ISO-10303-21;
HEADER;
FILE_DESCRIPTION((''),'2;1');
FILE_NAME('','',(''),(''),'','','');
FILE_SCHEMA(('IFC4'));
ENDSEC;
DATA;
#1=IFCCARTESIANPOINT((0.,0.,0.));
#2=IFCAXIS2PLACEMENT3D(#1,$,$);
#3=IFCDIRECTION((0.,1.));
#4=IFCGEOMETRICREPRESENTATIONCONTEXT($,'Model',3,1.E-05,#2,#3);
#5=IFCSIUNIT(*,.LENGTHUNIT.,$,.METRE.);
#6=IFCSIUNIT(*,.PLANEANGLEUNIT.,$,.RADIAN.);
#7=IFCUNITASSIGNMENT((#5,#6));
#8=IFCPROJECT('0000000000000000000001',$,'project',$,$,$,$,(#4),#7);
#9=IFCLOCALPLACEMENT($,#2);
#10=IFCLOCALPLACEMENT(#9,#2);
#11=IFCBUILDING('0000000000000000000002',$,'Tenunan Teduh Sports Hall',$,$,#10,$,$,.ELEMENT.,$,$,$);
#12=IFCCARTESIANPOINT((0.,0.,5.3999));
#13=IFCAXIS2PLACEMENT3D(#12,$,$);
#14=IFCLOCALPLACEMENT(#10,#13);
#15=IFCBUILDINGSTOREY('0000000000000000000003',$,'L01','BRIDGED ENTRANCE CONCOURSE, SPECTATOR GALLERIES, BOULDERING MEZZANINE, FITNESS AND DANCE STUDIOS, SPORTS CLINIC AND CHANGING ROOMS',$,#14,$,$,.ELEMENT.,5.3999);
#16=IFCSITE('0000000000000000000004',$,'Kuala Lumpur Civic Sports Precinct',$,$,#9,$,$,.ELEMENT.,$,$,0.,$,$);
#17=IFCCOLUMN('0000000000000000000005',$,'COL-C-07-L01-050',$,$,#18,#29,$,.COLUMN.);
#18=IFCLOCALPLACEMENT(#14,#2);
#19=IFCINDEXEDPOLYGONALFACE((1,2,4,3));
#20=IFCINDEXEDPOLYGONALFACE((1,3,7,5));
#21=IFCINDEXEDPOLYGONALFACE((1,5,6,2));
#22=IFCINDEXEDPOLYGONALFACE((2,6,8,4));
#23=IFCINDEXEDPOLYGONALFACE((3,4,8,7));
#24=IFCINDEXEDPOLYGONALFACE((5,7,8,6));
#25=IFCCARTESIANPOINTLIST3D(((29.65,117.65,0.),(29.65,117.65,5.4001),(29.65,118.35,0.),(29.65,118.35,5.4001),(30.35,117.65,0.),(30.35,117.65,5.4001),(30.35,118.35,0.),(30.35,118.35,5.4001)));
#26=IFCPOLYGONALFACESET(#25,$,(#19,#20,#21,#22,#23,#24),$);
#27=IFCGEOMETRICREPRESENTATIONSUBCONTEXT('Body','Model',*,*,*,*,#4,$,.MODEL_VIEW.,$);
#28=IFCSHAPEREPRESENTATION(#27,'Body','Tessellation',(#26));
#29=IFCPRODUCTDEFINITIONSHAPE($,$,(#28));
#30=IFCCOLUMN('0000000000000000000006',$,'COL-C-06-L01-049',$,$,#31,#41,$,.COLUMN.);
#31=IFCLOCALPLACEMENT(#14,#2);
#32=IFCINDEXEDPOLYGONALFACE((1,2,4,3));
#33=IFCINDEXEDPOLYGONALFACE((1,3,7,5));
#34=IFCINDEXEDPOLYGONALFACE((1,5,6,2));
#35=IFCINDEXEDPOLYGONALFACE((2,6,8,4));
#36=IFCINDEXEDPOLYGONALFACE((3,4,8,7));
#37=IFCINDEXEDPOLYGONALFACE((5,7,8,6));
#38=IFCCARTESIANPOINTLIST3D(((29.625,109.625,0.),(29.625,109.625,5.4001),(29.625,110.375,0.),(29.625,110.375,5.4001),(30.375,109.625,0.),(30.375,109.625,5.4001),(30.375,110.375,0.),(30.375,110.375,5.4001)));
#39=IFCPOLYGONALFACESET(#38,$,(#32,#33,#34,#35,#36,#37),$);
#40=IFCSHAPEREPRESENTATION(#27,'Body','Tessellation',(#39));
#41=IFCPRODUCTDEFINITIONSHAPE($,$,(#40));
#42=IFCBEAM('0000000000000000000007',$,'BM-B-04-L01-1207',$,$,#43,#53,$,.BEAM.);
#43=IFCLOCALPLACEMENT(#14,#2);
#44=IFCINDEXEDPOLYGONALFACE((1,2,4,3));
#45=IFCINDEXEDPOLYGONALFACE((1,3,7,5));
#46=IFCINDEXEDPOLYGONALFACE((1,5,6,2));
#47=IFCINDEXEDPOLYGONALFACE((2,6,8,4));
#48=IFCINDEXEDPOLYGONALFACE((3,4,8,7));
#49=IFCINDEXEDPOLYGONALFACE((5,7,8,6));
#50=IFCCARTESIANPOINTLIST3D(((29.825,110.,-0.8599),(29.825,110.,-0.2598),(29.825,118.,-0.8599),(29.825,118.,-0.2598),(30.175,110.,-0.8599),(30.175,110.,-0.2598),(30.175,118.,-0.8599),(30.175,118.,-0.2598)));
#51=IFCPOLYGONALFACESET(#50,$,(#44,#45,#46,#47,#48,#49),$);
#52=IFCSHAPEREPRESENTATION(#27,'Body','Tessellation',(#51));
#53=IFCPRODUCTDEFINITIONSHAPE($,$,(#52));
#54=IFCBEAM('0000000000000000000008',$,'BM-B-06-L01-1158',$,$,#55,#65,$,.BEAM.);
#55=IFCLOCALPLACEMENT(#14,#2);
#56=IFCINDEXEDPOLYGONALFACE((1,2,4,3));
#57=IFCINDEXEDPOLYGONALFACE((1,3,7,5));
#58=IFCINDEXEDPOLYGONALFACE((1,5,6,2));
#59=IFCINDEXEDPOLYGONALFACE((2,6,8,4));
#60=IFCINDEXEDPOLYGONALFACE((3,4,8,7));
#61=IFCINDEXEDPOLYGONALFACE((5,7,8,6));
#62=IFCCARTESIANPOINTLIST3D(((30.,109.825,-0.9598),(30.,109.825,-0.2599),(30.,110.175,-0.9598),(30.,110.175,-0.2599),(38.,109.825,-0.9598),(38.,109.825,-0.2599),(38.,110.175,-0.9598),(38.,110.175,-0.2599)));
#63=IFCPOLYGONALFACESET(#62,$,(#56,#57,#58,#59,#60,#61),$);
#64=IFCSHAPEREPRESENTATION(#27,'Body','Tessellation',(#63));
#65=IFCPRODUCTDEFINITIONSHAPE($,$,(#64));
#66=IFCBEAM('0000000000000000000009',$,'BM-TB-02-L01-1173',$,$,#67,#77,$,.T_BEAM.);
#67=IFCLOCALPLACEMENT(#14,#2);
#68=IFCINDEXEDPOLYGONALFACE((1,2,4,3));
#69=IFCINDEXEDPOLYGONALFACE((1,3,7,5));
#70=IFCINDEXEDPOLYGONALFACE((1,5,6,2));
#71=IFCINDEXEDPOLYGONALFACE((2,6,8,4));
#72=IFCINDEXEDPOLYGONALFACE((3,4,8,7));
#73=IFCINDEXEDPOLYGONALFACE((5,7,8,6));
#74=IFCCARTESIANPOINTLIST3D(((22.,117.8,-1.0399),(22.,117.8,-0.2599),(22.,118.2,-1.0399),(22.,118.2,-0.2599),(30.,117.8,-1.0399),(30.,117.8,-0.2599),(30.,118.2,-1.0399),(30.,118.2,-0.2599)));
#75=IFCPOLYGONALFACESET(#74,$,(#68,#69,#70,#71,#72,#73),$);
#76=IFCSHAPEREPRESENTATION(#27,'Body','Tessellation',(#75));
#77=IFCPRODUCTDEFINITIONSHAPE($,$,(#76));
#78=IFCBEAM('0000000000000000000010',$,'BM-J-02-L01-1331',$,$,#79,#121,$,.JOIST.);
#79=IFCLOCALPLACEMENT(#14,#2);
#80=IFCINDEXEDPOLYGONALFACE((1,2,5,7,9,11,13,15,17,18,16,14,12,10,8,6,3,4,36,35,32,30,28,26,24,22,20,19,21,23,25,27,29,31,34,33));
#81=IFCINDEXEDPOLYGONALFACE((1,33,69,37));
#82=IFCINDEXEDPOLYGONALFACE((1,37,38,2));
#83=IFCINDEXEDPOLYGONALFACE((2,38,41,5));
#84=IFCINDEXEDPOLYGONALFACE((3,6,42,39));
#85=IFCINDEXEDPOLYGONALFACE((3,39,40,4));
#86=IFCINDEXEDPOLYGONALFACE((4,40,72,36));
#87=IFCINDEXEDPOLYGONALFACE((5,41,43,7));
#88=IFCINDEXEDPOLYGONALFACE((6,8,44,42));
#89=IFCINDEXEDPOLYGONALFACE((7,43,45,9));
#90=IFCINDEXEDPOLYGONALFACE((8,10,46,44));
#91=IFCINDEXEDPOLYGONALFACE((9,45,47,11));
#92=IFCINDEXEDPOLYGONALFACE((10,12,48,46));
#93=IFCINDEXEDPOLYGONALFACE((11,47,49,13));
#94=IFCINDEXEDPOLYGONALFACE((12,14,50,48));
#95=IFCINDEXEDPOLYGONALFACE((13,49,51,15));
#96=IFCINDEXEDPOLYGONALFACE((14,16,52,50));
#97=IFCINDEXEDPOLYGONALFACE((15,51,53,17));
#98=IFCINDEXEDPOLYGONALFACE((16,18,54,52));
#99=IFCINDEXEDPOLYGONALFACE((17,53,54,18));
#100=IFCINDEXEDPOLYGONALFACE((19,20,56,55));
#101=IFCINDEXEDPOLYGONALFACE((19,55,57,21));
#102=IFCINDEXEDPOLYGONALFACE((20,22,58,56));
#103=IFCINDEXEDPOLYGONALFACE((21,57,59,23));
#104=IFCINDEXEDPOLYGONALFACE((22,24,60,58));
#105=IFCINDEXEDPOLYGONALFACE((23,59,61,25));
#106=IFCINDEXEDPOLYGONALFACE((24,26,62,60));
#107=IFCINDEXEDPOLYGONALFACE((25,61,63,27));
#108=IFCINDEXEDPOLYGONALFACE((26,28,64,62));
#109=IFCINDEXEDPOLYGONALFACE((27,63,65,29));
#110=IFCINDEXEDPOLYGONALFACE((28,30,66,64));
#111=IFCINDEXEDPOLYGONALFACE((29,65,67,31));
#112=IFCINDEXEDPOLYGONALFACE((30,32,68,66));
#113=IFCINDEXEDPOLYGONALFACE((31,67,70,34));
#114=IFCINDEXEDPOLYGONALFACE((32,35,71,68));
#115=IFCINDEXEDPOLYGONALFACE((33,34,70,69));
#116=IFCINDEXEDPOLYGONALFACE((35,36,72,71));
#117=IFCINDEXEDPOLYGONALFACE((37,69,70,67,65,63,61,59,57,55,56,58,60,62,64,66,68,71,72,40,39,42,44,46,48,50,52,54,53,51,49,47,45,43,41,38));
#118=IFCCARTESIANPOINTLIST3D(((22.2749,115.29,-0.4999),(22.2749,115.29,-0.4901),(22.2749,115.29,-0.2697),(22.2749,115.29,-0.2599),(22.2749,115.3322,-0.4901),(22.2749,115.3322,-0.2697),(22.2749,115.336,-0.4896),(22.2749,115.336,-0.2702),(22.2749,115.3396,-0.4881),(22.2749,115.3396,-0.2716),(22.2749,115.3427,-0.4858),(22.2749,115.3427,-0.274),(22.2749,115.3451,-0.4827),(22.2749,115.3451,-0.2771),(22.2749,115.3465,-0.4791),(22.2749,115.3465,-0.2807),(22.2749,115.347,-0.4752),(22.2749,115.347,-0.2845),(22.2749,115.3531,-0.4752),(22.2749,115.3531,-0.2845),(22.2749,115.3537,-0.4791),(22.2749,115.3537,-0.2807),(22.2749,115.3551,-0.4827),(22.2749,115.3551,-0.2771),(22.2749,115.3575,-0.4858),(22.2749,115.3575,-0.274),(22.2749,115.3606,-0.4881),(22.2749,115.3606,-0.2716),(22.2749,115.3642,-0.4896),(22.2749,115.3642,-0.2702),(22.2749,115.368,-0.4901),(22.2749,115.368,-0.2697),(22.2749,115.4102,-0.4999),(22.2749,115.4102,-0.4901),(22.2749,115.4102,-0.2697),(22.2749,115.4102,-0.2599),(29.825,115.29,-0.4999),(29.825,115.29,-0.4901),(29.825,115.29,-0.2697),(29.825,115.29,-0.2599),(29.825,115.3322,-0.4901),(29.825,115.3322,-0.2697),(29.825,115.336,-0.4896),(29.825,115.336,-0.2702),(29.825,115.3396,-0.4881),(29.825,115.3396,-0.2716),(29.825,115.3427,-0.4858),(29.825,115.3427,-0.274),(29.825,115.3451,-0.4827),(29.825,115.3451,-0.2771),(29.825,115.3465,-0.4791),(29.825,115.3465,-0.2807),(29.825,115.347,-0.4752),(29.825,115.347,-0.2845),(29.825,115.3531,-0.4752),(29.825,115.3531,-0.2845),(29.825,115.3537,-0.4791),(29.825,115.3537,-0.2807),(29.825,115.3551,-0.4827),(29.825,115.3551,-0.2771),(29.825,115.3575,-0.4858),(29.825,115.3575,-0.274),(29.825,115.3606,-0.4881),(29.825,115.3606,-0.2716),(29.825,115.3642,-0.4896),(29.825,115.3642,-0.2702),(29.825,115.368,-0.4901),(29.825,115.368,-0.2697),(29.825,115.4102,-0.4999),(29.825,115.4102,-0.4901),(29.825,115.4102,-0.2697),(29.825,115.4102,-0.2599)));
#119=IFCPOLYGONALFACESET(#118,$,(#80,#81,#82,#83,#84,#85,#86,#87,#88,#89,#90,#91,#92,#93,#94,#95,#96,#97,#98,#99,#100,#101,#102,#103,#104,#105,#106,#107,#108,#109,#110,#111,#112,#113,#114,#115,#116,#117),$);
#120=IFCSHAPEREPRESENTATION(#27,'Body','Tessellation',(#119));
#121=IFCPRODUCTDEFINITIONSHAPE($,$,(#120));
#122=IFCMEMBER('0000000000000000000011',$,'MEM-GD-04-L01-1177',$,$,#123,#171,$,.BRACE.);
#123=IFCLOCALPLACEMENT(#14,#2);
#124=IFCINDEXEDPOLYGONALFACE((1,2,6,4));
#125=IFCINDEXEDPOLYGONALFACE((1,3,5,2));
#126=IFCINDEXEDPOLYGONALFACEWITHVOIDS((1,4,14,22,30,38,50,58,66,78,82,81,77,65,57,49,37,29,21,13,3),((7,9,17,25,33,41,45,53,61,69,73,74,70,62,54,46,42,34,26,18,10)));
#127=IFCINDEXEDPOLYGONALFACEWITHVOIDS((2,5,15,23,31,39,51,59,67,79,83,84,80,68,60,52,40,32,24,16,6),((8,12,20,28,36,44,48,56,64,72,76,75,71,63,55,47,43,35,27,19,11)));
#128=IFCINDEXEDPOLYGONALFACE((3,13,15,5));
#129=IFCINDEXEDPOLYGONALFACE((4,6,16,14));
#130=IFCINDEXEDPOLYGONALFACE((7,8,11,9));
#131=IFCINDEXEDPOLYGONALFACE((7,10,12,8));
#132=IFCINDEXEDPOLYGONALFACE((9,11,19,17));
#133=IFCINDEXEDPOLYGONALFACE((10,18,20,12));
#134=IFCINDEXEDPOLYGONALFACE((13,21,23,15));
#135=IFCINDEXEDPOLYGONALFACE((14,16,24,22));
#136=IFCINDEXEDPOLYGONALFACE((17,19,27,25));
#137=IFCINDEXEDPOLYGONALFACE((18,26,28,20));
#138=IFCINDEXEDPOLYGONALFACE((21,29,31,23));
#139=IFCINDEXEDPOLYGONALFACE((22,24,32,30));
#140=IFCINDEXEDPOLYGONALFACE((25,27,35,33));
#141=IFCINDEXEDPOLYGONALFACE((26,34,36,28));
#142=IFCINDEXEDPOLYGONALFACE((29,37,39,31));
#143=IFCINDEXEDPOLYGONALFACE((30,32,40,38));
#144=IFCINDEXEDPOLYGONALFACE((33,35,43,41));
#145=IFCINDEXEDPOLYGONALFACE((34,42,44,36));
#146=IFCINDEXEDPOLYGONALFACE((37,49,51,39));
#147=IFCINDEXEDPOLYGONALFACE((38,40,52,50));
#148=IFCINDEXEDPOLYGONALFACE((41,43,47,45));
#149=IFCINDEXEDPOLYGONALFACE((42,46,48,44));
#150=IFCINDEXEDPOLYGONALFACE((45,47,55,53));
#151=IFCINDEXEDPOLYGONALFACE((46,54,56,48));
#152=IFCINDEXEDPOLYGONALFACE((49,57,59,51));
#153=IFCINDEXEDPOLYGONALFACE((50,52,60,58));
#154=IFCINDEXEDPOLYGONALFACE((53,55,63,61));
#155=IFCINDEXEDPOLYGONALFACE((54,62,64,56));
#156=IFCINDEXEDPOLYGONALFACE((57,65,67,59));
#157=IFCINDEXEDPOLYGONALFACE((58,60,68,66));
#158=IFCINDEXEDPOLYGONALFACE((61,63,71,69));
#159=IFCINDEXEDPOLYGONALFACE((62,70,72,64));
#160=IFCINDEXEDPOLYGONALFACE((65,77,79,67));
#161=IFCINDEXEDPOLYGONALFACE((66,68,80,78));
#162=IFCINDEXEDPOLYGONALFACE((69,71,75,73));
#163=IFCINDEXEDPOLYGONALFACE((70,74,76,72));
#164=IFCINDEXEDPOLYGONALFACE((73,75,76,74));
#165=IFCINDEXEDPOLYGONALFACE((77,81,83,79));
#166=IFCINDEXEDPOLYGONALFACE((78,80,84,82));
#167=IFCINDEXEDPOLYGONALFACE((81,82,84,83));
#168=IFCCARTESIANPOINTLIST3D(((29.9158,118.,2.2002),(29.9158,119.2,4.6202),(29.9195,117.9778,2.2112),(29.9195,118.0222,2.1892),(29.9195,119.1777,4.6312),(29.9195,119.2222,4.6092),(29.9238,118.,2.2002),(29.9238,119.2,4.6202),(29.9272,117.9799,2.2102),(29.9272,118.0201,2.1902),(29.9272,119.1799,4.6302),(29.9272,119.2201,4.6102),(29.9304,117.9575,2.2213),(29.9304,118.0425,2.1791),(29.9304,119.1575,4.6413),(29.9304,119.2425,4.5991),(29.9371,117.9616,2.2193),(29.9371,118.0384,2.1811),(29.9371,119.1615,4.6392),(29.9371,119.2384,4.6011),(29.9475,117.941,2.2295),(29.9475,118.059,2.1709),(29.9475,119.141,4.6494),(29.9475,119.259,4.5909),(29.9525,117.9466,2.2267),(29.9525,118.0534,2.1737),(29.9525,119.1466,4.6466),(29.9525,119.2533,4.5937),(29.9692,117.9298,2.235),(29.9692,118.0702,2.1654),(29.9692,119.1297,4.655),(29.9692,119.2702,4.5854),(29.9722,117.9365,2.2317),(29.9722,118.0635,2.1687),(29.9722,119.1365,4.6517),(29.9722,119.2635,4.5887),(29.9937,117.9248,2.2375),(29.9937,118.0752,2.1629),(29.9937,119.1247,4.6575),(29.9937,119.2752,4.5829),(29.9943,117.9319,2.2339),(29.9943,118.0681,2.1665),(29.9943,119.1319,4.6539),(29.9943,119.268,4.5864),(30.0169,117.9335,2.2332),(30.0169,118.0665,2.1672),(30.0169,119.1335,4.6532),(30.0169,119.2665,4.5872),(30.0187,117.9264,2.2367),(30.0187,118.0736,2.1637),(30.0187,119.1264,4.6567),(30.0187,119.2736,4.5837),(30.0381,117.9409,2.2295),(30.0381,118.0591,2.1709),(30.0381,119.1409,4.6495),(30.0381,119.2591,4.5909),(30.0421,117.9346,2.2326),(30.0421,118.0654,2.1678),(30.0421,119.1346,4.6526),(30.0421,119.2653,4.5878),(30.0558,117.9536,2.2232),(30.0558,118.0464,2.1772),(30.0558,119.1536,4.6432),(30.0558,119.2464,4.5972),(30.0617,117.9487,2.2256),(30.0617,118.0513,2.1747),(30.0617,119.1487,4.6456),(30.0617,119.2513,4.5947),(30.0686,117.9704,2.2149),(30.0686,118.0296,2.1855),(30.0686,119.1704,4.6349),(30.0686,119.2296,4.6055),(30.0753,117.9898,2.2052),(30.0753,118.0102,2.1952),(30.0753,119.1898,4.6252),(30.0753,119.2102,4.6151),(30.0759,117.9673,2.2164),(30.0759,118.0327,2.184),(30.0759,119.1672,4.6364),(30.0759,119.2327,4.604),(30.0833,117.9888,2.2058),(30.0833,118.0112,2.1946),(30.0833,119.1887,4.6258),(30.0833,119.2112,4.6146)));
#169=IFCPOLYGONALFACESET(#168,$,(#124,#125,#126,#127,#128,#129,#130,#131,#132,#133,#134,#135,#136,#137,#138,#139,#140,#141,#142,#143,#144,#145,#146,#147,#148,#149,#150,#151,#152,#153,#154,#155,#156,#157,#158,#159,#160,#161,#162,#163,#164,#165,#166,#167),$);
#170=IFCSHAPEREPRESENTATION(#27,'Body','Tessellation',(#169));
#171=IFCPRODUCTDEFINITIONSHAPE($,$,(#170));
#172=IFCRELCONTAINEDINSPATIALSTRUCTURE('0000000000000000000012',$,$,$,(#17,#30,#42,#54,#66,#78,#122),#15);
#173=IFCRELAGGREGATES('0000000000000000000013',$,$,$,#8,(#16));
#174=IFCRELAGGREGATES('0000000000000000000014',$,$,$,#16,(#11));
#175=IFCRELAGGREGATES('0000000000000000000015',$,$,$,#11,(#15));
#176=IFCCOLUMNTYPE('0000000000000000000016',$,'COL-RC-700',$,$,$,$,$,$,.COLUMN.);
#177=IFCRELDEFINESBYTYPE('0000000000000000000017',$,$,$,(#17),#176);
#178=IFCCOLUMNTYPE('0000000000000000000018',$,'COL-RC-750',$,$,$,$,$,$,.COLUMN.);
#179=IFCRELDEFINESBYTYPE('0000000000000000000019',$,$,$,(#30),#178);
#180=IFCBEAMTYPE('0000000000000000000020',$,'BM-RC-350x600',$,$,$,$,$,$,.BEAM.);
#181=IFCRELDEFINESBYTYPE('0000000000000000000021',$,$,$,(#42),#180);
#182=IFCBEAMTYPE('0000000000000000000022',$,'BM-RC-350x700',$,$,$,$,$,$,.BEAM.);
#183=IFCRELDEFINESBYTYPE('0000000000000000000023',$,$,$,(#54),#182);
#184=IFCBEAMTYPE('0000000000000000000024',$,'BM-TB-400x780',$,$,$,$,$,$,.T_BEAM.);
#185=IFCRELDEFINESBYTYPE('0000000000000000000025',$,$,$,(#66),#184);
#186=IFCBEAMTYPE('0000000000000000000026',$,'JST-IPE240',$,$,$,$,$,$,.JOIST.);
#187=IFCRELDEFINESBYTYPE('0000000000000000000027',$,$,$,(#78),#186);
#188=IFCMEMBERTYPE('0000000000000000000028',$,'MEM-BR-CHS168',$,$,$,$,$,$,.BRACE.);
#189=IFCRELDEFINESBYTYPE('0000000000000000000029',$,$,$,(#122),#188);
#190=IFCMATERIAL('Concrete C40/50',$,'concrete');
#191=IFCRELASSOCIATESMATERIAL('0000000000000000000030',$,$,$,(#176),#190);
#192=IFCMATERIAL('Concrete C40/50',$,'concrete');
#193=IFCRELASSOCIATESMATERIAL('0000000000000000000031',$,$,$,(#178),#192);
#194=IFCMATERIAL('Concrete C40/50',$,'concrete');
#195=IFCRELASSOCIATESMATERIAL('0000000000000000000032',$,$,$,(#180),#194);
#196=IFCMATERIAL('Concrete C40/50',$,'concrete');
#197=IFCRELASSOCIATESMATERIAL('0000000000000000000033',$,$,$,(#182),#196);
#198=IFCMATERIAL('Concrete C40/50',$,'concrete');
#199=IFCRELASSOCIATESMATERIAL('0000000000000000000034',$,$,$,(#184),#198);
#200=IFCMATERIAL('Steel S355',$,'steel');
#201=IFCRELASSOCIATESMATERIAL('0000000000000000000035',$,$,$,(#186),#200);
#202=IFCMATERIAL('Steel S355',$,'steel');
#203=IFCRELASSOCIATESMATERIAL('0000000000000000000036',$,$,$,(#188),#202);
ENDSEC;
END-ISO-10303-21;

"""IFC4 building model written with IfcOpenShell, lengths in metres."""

from ifc_helpers import new_model, si_unit, direction, frame, origin, origin_2d, place, context, subcontext, project, spatial, rectangle, hollow_circle, i_section, extrude, material, material_profile, profile_set, type_object, element, save


model = new_model("IFC4")

# Units and contexts
model_context = context("Model", 3, precision=1e-05, world=origin(), true_north=direction((0.0, 1.0)))
body_context = subcontext(model_context, "Body", "Model", "MODEL_VIEW")
ifc_project = project(units=[si_unit("LENGTHUNIT", "METRE"), si_unit("PLANEANGLEUNIT", "RADIAN")], contexts=[model_context])

# Site, building, storey
site_placement = place(None, origin())
site = spatial("IfcSite", under=ifc_project, at=site_placement, Name="Kuala Lumpur Civic Sports Precinct", CompositionType="ELEMENT", RefElevation=0.0)
building_placement = place(site_placement, origin())
building = spatial("IfcBuilding", under=site, at=building_placement, Name="Tenunan Teduh Sports Hall", CompositionType="ELEMENT")
storey_placement = place(building_placement, frame((0.0, 0.0, 5.3999)))
storey = spatial("IfcBuildingStorey", under=building, at=storey_placement, Name="L01", Description="BRIDGED ENTRANCE CONCOURSE, SPECTATOR GALLERIES, BOULDERING MEZZANINE, FITNESS AND DANCE STUDIOS, SPORTS CLINIC AND CHANGING ROOMS", CompositionType="ELEMENT", Elevation=5.3999)

# Columns
ifc_material_1 = material(Name="Concrete C40/50", Category="concrete")
ifc_material_profile_1 = material_profile(ifc_material_1, rectangle(XDim=0.7, YDim=0.7, at=origin_2d()), Name="RC 700x700")
ifc_profile_set_1 = profile_set([ifc_material_profile_1], Name="Concrete C40/50")
column_type_1 = type_object("IfcColumnType", Name="COL-RC-700", PredefinedType="COLUMN", material=ifc_profile_set_1)
column_1_placement = place(storey_placement, frame((30.0, 118.0, 0.0), z_axis=(0.0, 0.0, 1.0), x_axis=(1.0, 0.0, 0.0)))
element("IfcColumn", 1, at=column_1_placement, inside=storey, type_object=column_type_1, Name="COL-C-07-L01-050", PredefinedType="COLUMN", context=body_context, shape_type="SweptSolid", body=[
    extrude(rectangle(XDim=0.7, YDim=0.7, at=origin_2d()), origin(), (0.0, 0.0, 1.0), 5.4001),
])
ifc_material_2 = material(Name="Concrete C40/50", Category="concrete")
ifc_material_profile_2 = material_profile(ifc_material_2, rectangle(XDim=0.75, YDim=0.75, at=origin_2d()), Name="RC 750x750")
ifc_profile_set_2 = profile_set([ifc_material_profile_2], Name="Concrete C40/50")
column_type_2 = type_object("IfcColumnType", Name="COL-RC-750", PredefinedType="COLUMN", material=ifc_profile_set_2)
column_2_placement = place(storey_placement, frame((30.0, 110.0, 0.0), z_axis=(0.0, 0.0, 1.0), x_axis=(1.0, 0.0, 0.0)))
element("IfcColumn", 2, at=column_2_placement, inside=storey, type_object=column_type_2, Name="COL-C-06-L01-049", PredefinedType="COLUMN", context=body_context, shape_type="SweptSolid", body=[
    extrude(rectangle(XDim=0.75, YDim=0.75, at=origin_2d()), origin(), (0.0, 0.0, 1.0), 5.4001),
])

# Beams
ifc_material_3 = material(Name="Concrete C40/50", Category="concrete")
ifc_material_profile_3 = material_profile(ifc_material_3, rectangle(XDim=0.3501, YDim=0.6001, at=origin_2d()), Name="RCB 350x600")
ifc_profile_set_3 = profile_set([ifc_material_profile_3], Name="Concrete C40/50")
beam_type_1 = type_object("IfcBeamType", Name="BM-RC-350x600", PredefinedType="BEAM", material=ifc_profile_set_3)
beam_1_placement = place(storey_placement, frame((30.0, 110.0, -0.5598), z_axis=(0.0, 1.0, 0.0), x_axis=(-1.0, 0.0, 0.0)))
element("IfcBeam", 3, at=beam_1_placement, inside=storey, type_object=beam_type_1, Name="BM-B-04-L01-1207", PredefinedType="BEAM", context=body_context, shape_type="SweptSolid", body=[
    extrude(rectangle(XDim=0.3501, YDim=0.6001, at=origin_2d()), origin(), (0.0, 0.0, 1.0), 8.0),
])
ifc_material_4 = material(Name="Concrete C40/50", Category="concrete")
ifc_material_profile_4 = material_profile(ifc_material_4, rectangle(XDim=0.3501, YDim=0.7, at=origin_2d()), Name="RCB 350x700")
ifc_profile_set_4 = profile_set([ifc_material_profile_4], Name="Concrete C40/50")
beam_type_2 = type_object("IfcBeamType", Name="BM-RC-350x700", PredefinedType="BEAM", material=ifc_profile_set_4)
beam_2_placement = place(storey_placement, frame((30.0, 110.0, -0.6099), z_axis=(1.0, 0.0, 0.0), x_axis=(0.0, 1.0, 0.0)))
element("IfcBeam", 4, at=beam_2_placement, inside=storey, type_object=beam_type_2, Name="BM-B-06-L01-1158", PredefinedType="BEAM", context=body_context, shape_type="SweptSolid", body=[
    extrude(rectangle(XDim=0.3501, YDim=0.7, at=origin_2d()), origin(), (0.0, 0.0, 1.0), 8.0),
])
ifc_material_5 = material(Name="Concrete C40/50", Category="concrete")
ifc_material_profile_5 = material_profile(ifc_material_5, rectangle(XDim=0.3999, YDim=0.78, at=origin_2d()), Name="TB 400x780")
ifc_profile_set_5 = profile_set([ifc_material_profile_5], Name="Concrete C40/50")
beam_type_3 = type_object("IfcBeamType", Name="BM-TB-400x780", PredefinedType="T_BEAM", material=ifc_profile_set_5)
beam_3_placement = place(storey_placement, frame((22.0, 118.0, -0.6499), z_axis=(1.0, 0.0, 0.0), x_axis=(0.0, 1.0, 0.0)))
element("IfcBeam", 5, at=beam_3_placement, inside=storey, type_object=beam_type_3, Name="BM-TB-02-L01-1173", PredefinedType="T_BEAM", context=body_context, shape_type="SweptSolid", body=[
    extrude(rectangle(XDim=0.3999, YDim=0.78, at=origin_2d()), origin(), (0.0, 0.0, 1.0), 8.0),
])
ifc_material_6 = material(Name="Steel S355", Category="steel")
ifc_material_profile_6 = material_profile(ifc_material_6, i_section(OverallWidth=0.1201, OverallDepth=0.24, WebThickness=0.0061, FlangeThickness=0.0098, FilletRadius=0.0149, at=origin_2d()), Name="IPE 240")
ifc_profile_set_6 = profile_set([ifc_material_profile_6], Name="Steel S355")
beam_type_4 = type_object("IfcBeamType", Name="JST-IPE240", PredefinedType="JOIST", material=ifc_profile_set_6)
beam_4_placement = place(storey_placement, frame((22.2749, 115.3501, -0.3799), z_axis=(1.0, 0.0, 0.0), x_axis=(0.0, 1.0, 0.0)))
element("IfcBeam", 6, at=beam_4_placement, inside=storey, type_object=beam_type_4, Name="BM-J-02-L01-1331", PredefinedType="JOIST", context=body_context, shape_type="SweptSolid", body=[
    extrude(i_section(OverallWidth=0.1201, OverallDepth=0.24, WebThickness=0.0061, FlangeThickness=0.0098, FilletRadius=0.0149, at=origin_2d()), origin(), (0.0, 0.0, 1.0), 7.55),
])

# Member
ifc_material_7 = material(Name="Steel S355", Category="steel")
ifc_material_profile_7 = material_profile(ifc_material_7, hollow_circle(Radius=0.0842, WallThickness=0.0081, at=origin_2d()), Name="CHS 168.3x8.0")
ifc_profile_set_7 = profile_set([ifc_material_profile_7], Name="Steel S355")
member_type = type_object("IfcMemberType", Name="MEM-BR-CHS168", PredefinedType="BRACE", material=ifc_profile_set_7)
member_placement = place(storey_placement, frame((30.0, 118.0, 2.2002), z_axis=(0.0, 0.444246, 0.895905), x_axis=(-1.0, 0.0, 0.0)))
element("IfcMember", 7, at=member_placement, inside=storey, type_object=member_type, Name="MEM-GD-04-L01-1177", PredefinedType="BRACE", context=body_context, shape_type="SweptSolid", body=[
    extrude(hollow_circle(Radius=0.0842, WallThickness=0.0081, at=origin_2d()), origin(), (0.0, 0.0, 1.0), 2.7012),
])

save(model, "model.ifc")
